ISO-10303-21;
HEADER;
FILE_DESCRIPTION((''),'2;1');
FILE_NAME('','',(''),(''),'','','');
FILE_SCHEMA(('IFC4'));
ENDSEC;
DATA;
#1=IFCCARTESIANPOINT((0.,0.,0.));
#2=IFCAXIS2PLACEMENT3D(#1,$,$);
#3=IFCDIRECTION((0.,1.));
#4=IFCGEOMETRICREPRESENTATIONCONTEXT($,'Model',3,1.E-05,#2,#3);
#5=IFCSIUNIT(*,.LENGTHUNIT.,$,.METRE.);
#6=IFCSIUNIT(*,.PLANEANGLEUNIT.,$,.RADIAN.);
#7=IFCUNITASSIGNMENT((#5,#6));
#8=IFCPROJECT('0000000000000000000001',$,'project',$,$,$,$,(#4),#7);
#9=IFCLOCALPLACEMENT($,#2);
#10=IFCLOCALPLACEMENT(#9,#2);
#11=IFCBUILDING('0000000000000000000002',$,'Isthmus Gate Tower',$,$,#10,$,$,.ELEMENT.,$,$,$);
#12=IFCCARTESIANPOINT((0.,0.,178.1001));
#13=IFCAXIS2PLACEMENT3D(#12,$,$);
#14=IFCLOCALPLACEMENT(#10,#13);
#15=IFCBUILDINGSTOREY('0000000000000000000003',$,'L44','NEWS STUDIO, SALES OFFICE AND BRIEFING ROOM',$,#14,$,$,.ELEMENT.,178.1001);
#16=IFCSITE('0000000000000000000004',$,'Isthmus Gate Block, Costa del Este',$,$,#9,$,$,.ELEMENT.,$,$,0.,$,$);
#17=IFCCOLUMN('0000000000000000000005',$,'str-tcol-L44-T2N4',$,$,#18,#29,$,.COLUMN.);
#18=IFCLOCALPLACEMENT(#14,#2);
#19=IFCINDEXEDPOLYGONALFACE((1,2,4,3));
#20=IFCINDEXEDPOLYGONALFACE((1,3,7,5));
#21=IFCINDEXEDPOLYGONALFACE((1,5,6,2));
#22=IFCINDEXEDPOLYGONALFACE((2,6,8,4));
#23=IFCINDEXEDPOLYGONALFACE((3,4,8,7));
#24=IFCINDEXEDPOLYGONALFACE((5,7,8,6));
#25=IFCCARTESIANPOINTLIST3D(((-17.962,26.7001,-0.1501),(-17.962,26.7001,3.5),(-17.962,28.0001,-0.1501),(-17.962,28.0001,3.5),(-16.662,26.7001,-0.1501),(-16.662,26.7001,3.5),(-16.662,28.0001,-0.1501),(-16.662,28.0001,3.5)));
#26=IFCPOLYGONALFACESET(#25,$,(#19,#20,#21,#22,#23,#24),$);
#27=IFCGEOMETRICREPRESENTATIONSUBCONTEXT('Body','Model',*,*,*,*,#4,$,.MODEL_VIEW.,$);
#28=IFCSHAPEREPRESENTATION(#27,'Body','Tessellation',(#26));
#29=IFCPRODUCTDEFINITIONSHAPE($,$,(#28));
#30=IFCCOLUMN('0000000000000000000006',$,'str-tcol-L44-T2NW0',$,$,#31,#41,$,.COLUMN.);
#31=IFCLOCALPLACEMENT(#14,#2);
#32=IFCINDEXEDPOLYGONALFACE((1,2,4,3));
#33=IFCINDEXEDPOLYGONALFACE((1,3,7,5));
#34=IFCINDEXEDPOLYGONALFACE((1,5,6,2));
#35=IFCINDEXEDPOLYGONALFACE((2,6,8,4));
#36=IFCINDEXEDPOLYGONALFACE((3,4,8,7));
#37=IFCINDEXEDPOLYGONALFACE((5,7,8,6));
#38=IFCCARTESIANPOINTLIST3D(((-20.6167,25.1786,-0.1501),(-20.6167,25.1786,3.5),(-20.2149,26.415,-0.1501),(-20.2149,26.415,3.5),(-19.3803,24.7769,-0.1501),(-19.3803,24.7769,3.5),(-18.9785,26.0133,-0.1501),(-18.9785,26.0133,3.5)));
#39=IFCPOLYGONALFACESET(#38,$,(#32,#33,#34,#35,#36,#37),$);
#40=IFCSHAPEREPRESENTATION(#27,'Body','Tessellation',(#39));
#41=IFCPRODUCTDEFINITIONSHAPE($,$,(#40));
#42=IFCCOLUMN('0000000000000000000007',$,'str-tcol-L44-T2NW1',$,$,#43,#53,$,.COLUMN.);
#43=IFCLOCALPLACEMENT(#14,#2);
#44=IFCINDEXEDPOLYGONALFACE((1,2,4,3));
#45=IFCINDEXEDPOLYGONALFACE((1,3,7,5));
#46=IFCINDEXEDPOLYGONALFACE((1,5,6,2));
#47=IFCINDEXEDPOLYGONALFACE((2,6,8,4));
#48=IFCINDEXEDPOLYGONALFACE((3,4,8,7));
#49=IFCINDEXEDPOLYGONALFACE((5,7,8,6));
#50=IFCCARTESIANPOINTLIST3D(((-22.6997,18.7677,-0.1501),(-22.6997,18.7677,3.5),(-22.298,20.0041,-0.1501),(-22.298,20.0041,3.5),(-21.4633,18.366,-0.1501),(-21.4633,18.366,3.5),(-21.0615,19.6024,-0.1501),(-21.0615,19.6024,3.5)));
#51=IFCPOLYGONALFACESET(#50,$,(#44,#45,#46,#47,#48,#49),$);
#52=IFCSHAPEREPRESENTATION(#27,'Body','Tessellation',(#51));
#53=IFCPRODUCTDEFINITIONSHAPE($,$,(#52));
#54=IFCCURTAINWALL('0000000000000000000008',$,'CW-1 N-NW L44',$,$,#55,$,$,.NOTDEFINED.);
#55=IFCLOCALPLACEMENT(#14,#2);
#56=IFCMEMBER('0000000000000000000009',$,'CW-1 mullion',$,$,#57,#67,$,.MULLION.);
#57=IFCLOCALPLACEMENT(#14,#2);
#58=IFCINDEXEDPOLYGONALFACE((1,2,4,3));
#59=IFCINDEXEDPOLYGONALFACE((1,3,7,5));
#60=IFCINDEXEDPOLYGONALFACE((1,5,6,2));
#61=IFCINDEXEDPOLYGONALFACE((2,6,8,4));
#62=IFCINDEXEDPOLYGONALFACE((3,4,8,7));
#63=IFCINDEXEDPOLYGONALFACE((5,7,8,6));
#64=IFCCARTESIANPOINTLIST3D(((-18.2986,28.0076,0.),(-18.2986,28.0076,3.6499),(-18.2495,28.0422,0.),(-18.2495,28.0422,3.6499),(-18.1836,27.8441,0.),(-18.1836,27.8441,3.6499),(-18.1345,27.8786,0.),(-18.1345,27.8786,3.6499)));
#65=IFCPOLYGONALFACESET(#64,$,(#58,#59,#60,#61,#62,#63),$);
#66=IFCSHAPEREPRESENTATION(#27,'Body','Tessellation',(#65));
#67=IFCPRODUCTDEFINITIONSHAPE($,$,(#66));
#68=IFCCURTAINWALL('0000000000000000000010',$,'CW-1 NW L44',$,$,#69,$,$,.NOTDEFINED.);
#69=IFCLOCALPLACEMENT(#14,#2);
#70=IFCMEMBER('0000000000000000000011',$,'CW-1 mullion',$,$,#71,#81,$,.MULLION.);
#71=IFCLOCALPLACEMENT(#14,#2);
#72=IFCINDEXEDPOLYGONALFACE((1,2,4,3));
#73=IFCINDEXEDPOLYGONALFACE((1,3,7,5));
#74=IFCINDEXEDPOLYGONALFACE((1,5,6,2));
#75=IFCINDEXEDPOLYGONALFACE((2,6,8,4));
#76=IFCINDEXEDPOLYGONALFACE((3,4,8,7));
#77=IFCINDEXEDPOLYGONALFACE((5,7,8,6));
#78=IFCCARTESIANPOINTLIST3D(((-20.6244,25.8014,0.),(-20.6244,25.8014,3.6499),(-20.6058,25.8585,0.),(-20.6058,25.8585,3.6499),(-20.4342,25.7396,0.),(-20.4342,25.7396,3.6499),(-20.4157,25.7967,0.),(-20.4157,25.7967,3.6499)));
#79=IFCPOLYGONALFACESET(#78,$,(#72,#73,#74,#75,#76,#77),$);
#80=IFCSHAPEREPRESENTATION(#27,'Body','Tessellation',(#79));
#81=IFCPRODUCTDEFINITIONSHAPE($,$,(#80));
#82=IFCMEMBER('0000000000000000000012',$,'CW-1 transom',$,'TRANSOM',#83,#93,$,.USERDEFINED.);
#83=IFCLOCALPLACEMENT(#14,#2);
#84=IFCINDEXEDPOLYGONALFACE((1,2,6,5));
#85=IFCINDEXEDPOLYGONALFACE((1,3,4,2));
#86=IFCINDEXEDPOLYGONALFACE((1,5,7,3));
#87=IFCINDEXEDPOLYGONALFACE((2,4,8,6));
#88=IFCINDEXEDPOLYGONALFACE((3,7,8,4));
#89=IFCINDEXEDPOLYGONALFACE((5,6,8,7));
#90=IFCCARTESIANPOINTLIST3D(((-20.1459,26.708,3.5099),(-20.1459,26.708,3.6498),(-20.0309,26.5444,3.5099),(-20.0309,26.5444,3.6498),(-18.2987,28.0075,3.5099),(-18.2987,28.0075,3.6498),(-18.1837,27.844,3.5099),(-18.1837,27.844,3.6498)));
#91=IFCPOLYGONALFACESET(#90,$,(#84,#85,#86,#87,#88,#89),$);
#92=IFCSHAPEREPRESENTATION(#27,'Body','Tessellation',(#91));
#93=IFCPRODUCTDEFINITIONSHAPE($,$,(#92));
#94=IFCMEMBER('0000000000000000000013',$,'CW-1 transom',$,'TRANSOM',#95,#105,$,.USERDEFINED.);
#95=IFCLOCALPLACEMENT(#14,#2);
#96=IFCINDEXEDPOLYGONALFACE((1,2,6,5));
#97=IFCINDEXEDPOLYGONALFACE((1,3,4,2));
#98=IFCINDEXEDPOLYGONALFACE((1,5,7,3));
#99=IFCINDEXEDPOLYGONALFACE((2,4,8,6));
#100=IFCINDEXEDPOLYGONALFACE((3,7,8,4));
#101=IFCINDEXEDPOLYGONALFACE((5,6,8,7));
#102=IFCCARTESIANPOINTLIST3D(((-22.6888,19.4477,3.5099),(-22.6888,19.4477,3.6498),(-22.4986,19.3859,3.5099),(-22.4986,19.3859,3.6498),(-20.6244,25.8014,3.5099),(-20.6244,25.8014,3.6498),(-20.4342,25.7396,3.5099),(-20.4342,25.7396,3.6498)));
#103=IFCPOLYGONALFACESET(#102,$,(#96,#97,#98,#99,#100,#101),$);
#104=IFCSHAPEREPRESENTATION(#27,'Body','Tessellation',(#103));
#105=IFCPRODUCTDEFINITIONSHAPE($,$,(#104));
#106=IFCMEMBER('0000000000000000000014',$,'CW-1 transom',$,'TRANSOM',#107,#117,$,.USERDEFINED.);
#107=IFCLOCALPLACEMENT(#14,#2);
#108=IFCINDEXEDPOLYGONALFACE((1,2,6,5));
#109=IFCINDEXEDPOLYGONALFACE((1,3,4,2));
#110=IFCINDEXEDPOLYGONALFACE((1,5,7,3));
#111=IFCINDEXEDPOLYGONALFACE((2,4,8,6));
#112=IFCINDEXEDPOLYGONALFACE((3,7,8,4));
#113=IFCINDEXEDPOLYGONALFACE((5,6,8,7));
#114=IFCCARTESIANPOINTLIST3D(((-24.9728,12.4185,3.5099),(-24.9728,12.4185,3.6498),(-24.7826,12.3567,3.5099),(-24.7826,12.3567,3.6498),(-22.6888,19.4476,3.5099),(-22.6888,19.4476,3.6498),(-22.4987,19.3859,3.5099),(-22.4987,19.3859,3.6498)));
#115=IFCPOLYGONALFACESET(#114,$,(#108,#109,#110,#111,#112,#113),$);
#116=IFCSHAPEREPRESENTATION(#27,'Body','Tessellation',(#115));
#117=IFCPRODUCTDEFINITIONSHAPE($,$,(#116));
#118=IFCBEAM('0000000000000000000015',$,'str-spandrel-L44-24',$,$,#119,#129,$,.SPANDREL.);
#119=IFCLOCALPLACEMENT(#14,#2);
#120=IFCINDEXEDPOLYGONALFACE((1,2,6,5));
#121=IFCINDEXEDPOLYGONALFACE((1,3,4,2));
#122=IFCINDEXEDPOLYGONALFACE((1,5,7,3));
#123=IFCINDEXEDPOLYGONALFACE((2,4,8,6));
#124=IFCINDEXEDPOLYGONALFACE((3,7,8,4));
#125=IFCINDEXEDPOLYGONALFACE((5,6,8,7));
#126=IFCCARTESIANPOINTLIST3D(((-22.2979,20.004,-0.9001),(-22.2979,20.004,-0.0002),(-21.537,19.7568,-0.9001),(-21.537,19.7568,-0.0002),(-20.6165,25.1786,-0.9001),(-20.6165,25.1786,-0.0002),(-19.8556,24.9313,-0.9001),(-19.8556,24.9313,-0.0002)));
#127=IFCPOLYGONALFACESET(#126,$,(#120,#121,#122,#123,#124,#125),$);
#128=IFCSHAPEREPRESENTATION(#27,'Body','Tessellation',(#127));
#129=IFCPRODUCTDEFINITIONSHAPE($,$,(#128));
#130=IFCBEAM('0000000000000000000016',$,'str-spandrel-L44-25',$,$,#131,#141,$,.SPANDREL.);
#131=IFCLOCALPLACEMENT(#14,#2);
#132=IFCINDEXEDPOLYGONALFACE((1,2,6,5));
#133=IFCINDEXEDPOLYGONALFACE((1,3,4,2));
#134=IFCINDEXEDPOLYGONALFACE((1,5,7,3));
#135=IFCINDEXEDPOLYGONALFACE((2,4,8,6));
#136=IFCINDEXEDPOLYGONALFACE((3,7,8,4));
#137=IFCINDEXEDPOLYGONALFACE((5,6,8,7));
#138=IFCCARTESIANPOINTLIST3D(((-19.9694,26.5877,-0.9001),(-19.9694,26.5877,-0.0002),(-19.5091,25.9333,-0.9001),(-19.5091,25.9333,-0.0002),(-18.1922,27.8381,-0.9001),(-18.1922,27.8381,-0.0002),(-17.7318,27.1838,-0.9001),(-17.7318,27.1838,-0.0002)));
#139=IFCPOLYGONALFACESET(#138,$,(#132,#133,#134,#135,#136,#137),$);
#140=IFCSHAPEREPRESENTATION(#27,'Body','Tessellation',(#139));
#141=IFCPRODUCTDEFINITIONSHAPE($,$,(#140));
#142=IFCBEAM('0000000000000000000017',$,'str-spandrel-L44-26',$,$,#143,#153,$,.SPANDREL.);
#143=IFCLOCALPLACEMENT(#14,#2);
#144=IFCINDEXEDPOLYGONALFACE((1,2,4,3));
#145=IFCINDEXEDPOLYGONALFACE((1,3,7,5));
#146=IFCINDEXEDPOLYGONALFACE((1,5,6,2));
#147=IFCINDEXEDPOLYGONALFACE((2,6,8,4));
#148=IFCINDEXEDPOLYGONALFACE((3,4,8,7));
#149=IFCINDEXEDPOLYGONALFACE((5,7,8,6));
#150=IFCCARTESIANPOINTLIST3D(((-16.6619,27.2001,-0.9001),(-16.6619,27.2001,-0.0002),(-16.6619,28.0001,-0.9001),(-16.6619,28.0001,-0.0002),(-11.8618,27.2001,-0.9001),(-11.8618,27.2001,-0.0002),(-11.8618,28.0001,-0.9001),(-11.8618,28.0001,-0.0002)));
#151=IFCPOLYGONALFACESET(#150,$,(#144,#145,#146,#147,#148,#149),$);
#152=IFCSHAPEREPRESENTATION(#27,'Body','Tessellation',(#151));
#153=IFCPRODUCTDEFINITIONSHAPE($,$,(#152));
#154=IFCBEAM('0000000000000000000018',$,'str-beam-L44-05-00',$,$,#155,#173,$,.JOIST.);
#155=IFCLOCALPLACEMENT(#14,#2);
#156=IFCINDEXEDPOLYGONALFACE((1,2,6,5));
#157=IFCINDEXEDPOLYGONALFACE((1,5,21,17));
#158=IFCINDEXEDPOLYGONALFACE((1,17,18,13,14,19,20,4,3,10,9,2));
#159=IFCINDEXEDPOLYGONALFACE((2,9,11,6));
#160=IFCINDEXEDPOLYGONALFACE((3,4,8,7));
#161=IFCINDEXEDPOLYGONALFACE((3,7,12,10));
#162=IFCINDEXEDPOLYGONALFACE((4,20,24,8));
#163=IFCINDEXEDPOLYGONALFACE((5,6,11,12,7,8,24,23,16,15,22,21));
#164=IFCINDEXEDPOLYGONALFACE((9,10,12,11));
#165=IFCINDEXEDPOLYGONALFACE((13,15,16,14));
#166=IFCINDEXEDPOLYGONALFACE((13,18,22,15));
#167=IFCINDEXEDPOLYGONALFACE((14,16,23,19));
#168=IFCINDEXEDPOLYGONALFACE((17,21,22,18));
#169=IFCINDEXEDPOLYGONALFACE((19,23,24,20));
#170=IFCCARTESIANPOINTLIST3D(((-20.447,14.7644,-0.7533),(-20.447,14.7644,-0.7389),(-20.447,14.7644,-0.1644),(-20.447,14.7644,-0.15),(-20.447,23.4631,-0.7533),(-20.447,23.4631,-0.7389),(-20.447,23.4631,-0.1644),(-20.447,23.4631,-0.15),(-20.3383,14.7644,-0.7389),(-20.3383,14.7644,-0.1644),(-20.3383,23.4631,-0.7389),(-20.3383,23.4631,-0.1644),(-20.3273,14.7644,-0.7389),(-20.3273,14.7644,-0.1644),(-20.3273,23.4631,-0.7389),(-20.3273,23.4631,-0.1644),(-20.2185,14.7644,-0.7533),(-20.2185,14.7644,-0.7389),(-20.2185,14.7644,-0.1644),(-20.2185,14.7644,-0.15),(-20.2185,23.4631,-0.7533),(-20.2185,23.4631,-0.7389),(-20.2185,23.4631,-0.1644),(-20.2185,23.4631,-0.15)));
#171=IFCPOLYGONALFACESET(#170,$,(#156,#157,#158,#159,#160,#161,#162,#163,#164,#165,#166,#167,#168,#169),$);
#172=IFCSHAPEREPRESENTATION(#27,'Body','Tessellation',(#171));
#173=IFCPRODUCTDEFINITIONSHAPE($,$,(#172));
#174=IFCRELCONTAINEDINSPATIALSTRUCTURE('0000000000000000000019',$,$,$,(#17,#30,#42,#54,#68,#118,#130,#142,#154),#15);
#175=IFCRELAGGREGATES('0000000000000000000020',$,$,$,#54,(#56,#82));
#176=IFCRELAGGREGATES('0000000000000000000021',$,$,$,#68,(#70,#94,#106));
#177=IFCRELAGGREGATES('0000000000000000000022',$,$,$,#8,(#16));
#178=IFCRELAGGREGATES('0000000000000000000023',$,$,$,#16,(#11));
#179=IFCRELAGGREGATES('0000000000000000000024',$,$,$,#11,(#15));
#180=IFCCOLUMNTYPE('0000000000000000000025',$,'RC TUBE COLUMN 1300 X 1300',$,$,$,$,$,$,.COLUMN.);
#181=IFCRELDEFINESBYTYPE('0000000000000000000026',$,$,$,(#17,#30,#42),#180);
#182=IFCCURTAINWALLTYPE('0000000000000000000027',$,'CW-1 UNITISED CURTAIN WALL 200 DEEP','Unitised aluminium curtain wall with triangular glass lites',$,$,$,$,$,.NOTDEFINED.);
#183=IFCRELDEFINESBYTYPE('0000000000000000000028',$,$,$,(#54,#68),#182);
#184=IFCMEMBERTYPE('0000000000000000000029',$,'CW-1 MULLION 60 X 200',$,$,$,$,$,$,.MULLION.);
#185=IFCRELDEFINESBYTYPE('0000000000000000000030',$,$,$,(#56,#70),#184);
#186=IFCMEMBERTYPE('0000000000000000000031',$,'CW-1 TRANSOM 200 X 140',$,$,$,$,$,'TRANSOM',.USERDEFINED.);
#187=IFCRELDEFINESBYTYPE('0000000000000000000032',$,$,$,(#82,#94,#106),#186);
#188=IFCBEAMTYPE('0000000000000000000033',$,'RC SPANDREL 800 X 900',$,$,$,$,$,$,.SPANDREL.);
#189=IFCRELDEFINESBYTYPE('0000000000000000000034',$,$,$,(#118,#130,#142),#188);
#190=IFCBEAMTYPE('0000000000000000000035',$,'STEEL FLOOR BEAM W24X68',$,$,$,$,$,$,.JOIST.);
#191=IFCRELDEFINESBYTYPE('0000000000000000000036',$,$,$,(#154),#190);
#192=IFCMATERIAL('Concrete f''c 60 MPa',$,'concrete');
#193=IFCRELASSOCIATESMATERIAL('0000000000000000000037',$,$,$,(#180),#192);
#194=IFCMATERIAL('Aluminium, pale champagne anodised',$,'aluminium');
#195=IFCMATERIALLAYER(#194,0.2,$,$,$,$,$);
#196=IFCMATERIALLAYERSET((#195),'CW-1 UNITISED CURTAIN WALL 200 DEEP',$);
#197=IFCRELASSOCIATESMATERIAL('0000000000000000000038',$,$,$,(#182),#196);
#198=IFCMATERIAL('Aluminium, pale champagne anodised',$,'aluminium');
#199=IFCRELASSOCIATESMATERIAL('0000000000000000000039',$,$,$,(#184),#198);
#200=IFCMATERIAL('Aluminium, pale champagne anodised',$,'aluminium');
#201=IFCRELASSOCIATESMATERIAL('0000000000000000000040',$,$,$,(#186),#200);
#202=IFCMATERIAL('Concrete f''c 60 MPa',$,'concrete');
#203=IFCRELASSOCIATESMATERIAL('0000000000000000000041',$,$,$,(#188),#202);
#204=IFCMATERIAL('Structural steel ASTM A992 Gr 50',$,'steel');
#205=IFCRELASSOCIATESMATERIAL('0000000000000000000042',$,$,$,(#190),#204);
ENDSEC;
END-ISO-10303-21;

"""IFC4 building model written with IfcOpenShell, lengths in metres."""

from ifc_helpers import new_model, si_unit, direction, frame, origin, origin_2d, place, context, subcontext, project, spatial, rectangle, i_section, extrude, material, layer, layer_set, material_profile, profile_set, type_object, element, aggregate, save


model = new_model("IFC4")

# Units and contexts
model_context = context("Model", 3, precision=1e-05, world=origin(), true_north=direction((0.0, 1.0)))
body_context = subcontext(model_context, "Body", "Model", "MODEL_VIEW")
ifc_project = project(units=[si_unit("LENGTHUNIT", "METRE"), si_unit("PLANEANGLEUNIT", "RADIAN")], contexts=[model_context])

# Site, building, storey
site_placement = place(None, origin())
site = spatial("IfcSite", under=ifc_project, at=site_placement, Name="Isthmus Gate Block, Costa del Este", CompositionType="ELEMENT", RefElevation=0.0)
building_placement = place(site_placement, origin())
building = spatial("IfcBuilding", under=site, at=building_placement, Name="Isthmus Gate Tower", CompositionType="ELEMENT")
storey_placement = place(building_placement, frame((0.0, 0.0, 178.1001)))
storey = spatial("IfcBuildingStorey", under=building, at=storey_placement, Name="L44", Description="NEWS STUDIO, SALES OFFICE AND BRIEFING ROOM", CompositionType="ELEMENT", Elevation=178.1001)

# Columns
ifc_material_1 = material(Name="Concrete f'c 60 MPa", Category="concrete")
ifc_material_profile_1 = material_profile(ifc_material_1, rectangle(XDim=1.3, YDim=1.3, at=origin_2d()), Name="RC 1300X1300")
ifc_profile_set_1 = profile_set([ifc_material_profile_1], Name="Concrete f'c 60 MPa")
column_type = type_object("IfcColumnType", Name="RC TUBE COLUMN 1300 X 1300", PredefinedType="COLUMN", material=ifc_profile_set_1)
for number, where, z_axis, x_axis, name in (
    (1, (-17.312, 27.3501, -0.1501), (0.0, 0.0, 1.0), (-1.0, 0.0, 0.0), "str-tcol-L44-T2N4"),
    (2, (-19.7976, 25.5959, -0.1501), (0.0, 0.0, 1.0), (-0.309017, -0.951057, 0.0), "str-tcol-L44-T2NW0"),
    (3, (-21.8806, 19.1851, -0.1501), (0.0, 0.0, 1.0), (-0.309017, -0.951057, 0.0), "str-tcol-L44-T2NW1"),
):
    element("IfcColumn", number, at=place(storey_placement, frame(where, z_axis=z_axis, x_axis=x_axis)), inside=storey, type_object=column_type, Name=name, PredefinedType="COLUMN", context=body_context, shape_type="SweptSolid", body=[
        extrude(rectangle(XDim=1.3, YDim=1.3, at=origin_2d()), origin(), (0.0, 0.0, 1.0), 3.6501),
    ])

# Curtain walls, members
ifc_material_2 = material(Name="Aluminium, pale champagne anodised", Category="aluminium")
ifc_layer_1 = layer(ifc_material_2, 0.2)
ifc_layer_set_1 = layer_set([ifc_layer_1], Name="CW-1 UNITISED CURTAIN WALL 200 DEEP")
curtain_wall_type = type_object("IfcCurtainWallType", Name="CW-1 UNITISED CURTAIN WALL 200 DEEP", Description="Unitised aluminium curtain wall with triangular glass lites", PredefinedType="NOTDEFINED", material=ifc_layer_set_1)
curtain_wall_1_placement = place(storey_placement, origin())
curtain_wall_1 = element("IfcCurtainWall", 4, at=curtain_wall_1_placement, inside=storey, type_object=curtain_wall_type, Name="CW-1 N-NW L44", PredefinedType="NOTDEFINED")
ifc_material_3 = material(Name="Aluminium, pale champagne anodised", Category="aluminium")
ifc_material_profile_2 = material_profile(ifc_material_3, rectangle(XDim=0.0601, YDim=0.2, at=origin_2d()), Name="60x200")
ifc_profile_set_2 = profile_set([ifc_material_profile_2], Name="Aluminium, pale champagne anodised")
member_type_1 = type_object("IfcMemberType", Name="CW-1 MULLION 60 X 200", PredefinedType="MULLION", material=ifc_profile_set_2)
member_1_placement = place(storey_placement, frame((-18.2166, 27.9431, 0.0), z_axis=(0.0, 0.0, 1.0), x_axis=(-0.81786, -0.575418, 0.0)))
member_1 = element("IfcMember", 5, at=member_1_placement, type_object=member_type_1, Name="CW-1 mullion", PredefinedType="MULLION", context=body_context, shape_type="SweptSolid", body=[
    extrude(rectangle(XDim=0.0601, YDim=0.2, at=origin_2d()), origin(), (0.0, 0.0, 1.0), 3.6499),
])
curtain_wall_2_placement = place(storey_placement, origin())
curtain_wall_2 = element("IfcCurtainWall", 6, at=curtain_wall_2_placement, inside=storey, type_object=curtain_wall_type, Name="CW-1 NW L44", PredefinedType="NOTDEFINED")
member_2_placement = place(storey_placement, frame((-20.52, 25.7991, 0.0), z_axis=(0.0, 0.0, 1.0), x_axis=(-0.309017, -0.951057, 0.0)))
member_2 = element("IfcMember", 7, at=member_2_placement, type_object=member_type_1, Name="CW-1 mullion", PredefinedType="MULLION", context=body_context, shape_type="SweptSolid", body=[
    extrude(rectangle(XDim=0.0601, YDim=0.2, at=origin_2d()), origin(), (0.0, 0.0, 1.0), 3.6499),
])

# Members
ifc_material_4 = material(Name="Aluminium, pale champagne anodised", Category="aluminium")
ifc_material_profile_3 = material_profile(ifc_material_4, rectangle(XDim=0.2, YDim=0.1399, at=origin_2d()), Name="200x140")
ifc_profile_set_3 = profile_set([ifc_material_profile_3], Name="Aluminium, pale champagne anodised")
member_type_2 = type_object("IfcMemberType", Name="CW-1 TRANSOM 200 X 140", ElementType="TRANSOM", PredefinedType="USERDEFINED", material=ifc_profile_set_3)
member_3_placement = place(storey_placement, frame((-18.2412, 27.9258, 3.5798), z_axis=(-0.817869, -0.575405, 0.0), x_axis=(0.575405, -0.817869, 0.0)))
member_3 = element("IfcMember", 8, at=member_3_placement, type_object=member_type_2, Name="CW-1 transom", ObjectType="TRANSOM", PredefinedType="USERDEFINED", context=body_context, shape_type="SweptSolid", body=[
    extrude(rectangle(XDim=0.2, YDim=0.1399, at=origin_2d()), origin(), (0.0, 0.0, 1.0), 2.2585),
])
member_4_placement = place(storey_placement, frame((-20.5293, 25.7705, 3.5798), z_axis=(-0.309016, -0.951057, 0.0), x_axis=(0.951057, -0.309016, 0.0)))
member_4 = element("IfcMember", 9, at=member_4_placement, type_object=member_type_2, Name="CW-1 transom", ObjectType="TRANSOM", PredefinedType="USERDEFINED", context=body_context, shape_type="SweptSolid", body=[
    extrude(rectangle(XDim=0.2, YDim=0.1399, at=origin_2d()), origin(), (0.0, 0.0, 1.0), 6.6807),
])
member_5_placement = place(storey_placement, frame((-22.5938, 19.4167, 3.5798), z_axis=(-0.309024, -0.951054, 0.0), x_axis=(0.951054, -0.309024, 0.0)))
member_5 = element("IfcMember", 10, at=member_5_placement, type_object=member_type_2, Name="CW-1 transom", ObjectType="TRANSOM", PredefinedType="USERDEFINED", context=body_context, shape_type="SweptSolid", body=[
    extrude(rectangle(XDim=0.2, YDim=0.1399, at=origin_2d()), origin(), (0.0, 0.0, 1.0), 7.3909),
])

# Beams
ifc_material_5 = material(Name="Concrete f'c 60 MPa", Category="concrete")
ifc_material_profile_4 = material_profile(ifc_material_5, rectangle(XDim=0.8, YDim=0.8999, at=origin_2d()), Name="RC 800X900")
ifc_profile_set_4 = profile_set([ifc_material_profile_4], Name="Concrete f'c 60 MPa")
beam_type_1 = type_object("IfcBeamType", Name="RC SPANDREL 800 X 900", PredefinedType="SPANDREL", material=ifc_profile_set_4)
beam_1_placement = place(storey_placement, frame((-21.9175, 19.8804, -0.4502), z_axis=(0.30903, 0.951052, 0.0), x_axis=(-0.951052, 0.30903, 0.0)))
element("IfcBeam", 11, at=beam_1_placement, inside=storey, type_object=beam_type_1, Name="str-spandrel-L44-24", PredefinedType="SPANDREL", context=body_context, shape_type="SweptSolid", body=[
    extrude(rectangle(XDim=0.8, YDim=0.8999, at=origin_2d()), origin(), (0.0, 0.0, 1.0), 5.4409),
])
beam_2_placement = place(storey_placement, frame((-19.7393, 26.2605, -0.4502), z_axis=(0.817857, 0.575421, 0.0), x_axis=(-0.575421, 0.817857, 0.0)))
element("IfcBeam", 12, at=beam_2_placement, inside=storey, type_object=beam_type_1, Name="str-spandrel-L44-25", PredefinedType="SPANDREL", context=body_context, shape_type="SweptSolid", body=[
    extrude(rectangle(XDim=0.8, YDim=0.8999, at=origin_2d()), origin(), (0.0, 0.0, 1.0), 2.1731),
])
beam_3_placement = place(storey_placement, frame((-16.6619, 27.6001, -0.4502), z_axis=(1.0, 0.0, 0.0), x_axis=(0.0, 1.0, 0.0)))
element("IfcBeam", 13, at=beam_3_placement, inside=storey, type_object=beam_type_1, Name="str-spandrel-L44-26", PredefinedType="SPANDREL", context=body_context, shape_type="SweptSolid", body=[
    extrude(rectangle(XDim=0.8, YDim=0.8999, at=origin_2d()), origin(), (0.0, 0.0, 1.0), 4.8),
])
ifc_material_6 = material(Name="Structural steel ASTM A992 Gr 50", Category="steel")
ifc_material_profile_5 = material_profile(ifc_material_6, i_section(OverallWidth=0.2285, OverallDepth=0.6033, WebThickness=0.011, FlangeThickness=0.0144, at=origin_2d()), Name="W24X68")
ifc_profile_set_5 = profile_set([ifc_material_profile_5], Name="Structural steel ASTM A992 Gr 50")
beam_type_2 = type_object("IfcBeamType", Name="STEEL FLOOR BEAM W24X68", PredefinedType="JOIST", material=ifc_profile_set_5)
beam_4_placement = place(storey_placement, frame((-20.3328, 14.7644, -0.4517), z_axis=(0.0, 1.0, 0.0), x_axis=(-1.0, 0.0, 0.0)))
element("IfcBeam", 14, at=beam_4_placement, inside=storey, type_object=beam_type_2, Name="str-beam-L44-05-00", PredefinedType="JOIST", context=body_context, shape_type="SweptSolid", body=[
    extrude(i_section(OverallWidth=0.2285, OverallDepth=0.6033, WebThickness=0.011, FlangeThickness=0.0144, at=origin_2d()), origin(), (0.0, 0.0, 1.0), 8.6987),
])

aggregate(curtain_wall_1, [member_1, member_3])

aggregate(curtain_wall_2, [member_2, member_4, member_5])

save(model, "model.ifc")
